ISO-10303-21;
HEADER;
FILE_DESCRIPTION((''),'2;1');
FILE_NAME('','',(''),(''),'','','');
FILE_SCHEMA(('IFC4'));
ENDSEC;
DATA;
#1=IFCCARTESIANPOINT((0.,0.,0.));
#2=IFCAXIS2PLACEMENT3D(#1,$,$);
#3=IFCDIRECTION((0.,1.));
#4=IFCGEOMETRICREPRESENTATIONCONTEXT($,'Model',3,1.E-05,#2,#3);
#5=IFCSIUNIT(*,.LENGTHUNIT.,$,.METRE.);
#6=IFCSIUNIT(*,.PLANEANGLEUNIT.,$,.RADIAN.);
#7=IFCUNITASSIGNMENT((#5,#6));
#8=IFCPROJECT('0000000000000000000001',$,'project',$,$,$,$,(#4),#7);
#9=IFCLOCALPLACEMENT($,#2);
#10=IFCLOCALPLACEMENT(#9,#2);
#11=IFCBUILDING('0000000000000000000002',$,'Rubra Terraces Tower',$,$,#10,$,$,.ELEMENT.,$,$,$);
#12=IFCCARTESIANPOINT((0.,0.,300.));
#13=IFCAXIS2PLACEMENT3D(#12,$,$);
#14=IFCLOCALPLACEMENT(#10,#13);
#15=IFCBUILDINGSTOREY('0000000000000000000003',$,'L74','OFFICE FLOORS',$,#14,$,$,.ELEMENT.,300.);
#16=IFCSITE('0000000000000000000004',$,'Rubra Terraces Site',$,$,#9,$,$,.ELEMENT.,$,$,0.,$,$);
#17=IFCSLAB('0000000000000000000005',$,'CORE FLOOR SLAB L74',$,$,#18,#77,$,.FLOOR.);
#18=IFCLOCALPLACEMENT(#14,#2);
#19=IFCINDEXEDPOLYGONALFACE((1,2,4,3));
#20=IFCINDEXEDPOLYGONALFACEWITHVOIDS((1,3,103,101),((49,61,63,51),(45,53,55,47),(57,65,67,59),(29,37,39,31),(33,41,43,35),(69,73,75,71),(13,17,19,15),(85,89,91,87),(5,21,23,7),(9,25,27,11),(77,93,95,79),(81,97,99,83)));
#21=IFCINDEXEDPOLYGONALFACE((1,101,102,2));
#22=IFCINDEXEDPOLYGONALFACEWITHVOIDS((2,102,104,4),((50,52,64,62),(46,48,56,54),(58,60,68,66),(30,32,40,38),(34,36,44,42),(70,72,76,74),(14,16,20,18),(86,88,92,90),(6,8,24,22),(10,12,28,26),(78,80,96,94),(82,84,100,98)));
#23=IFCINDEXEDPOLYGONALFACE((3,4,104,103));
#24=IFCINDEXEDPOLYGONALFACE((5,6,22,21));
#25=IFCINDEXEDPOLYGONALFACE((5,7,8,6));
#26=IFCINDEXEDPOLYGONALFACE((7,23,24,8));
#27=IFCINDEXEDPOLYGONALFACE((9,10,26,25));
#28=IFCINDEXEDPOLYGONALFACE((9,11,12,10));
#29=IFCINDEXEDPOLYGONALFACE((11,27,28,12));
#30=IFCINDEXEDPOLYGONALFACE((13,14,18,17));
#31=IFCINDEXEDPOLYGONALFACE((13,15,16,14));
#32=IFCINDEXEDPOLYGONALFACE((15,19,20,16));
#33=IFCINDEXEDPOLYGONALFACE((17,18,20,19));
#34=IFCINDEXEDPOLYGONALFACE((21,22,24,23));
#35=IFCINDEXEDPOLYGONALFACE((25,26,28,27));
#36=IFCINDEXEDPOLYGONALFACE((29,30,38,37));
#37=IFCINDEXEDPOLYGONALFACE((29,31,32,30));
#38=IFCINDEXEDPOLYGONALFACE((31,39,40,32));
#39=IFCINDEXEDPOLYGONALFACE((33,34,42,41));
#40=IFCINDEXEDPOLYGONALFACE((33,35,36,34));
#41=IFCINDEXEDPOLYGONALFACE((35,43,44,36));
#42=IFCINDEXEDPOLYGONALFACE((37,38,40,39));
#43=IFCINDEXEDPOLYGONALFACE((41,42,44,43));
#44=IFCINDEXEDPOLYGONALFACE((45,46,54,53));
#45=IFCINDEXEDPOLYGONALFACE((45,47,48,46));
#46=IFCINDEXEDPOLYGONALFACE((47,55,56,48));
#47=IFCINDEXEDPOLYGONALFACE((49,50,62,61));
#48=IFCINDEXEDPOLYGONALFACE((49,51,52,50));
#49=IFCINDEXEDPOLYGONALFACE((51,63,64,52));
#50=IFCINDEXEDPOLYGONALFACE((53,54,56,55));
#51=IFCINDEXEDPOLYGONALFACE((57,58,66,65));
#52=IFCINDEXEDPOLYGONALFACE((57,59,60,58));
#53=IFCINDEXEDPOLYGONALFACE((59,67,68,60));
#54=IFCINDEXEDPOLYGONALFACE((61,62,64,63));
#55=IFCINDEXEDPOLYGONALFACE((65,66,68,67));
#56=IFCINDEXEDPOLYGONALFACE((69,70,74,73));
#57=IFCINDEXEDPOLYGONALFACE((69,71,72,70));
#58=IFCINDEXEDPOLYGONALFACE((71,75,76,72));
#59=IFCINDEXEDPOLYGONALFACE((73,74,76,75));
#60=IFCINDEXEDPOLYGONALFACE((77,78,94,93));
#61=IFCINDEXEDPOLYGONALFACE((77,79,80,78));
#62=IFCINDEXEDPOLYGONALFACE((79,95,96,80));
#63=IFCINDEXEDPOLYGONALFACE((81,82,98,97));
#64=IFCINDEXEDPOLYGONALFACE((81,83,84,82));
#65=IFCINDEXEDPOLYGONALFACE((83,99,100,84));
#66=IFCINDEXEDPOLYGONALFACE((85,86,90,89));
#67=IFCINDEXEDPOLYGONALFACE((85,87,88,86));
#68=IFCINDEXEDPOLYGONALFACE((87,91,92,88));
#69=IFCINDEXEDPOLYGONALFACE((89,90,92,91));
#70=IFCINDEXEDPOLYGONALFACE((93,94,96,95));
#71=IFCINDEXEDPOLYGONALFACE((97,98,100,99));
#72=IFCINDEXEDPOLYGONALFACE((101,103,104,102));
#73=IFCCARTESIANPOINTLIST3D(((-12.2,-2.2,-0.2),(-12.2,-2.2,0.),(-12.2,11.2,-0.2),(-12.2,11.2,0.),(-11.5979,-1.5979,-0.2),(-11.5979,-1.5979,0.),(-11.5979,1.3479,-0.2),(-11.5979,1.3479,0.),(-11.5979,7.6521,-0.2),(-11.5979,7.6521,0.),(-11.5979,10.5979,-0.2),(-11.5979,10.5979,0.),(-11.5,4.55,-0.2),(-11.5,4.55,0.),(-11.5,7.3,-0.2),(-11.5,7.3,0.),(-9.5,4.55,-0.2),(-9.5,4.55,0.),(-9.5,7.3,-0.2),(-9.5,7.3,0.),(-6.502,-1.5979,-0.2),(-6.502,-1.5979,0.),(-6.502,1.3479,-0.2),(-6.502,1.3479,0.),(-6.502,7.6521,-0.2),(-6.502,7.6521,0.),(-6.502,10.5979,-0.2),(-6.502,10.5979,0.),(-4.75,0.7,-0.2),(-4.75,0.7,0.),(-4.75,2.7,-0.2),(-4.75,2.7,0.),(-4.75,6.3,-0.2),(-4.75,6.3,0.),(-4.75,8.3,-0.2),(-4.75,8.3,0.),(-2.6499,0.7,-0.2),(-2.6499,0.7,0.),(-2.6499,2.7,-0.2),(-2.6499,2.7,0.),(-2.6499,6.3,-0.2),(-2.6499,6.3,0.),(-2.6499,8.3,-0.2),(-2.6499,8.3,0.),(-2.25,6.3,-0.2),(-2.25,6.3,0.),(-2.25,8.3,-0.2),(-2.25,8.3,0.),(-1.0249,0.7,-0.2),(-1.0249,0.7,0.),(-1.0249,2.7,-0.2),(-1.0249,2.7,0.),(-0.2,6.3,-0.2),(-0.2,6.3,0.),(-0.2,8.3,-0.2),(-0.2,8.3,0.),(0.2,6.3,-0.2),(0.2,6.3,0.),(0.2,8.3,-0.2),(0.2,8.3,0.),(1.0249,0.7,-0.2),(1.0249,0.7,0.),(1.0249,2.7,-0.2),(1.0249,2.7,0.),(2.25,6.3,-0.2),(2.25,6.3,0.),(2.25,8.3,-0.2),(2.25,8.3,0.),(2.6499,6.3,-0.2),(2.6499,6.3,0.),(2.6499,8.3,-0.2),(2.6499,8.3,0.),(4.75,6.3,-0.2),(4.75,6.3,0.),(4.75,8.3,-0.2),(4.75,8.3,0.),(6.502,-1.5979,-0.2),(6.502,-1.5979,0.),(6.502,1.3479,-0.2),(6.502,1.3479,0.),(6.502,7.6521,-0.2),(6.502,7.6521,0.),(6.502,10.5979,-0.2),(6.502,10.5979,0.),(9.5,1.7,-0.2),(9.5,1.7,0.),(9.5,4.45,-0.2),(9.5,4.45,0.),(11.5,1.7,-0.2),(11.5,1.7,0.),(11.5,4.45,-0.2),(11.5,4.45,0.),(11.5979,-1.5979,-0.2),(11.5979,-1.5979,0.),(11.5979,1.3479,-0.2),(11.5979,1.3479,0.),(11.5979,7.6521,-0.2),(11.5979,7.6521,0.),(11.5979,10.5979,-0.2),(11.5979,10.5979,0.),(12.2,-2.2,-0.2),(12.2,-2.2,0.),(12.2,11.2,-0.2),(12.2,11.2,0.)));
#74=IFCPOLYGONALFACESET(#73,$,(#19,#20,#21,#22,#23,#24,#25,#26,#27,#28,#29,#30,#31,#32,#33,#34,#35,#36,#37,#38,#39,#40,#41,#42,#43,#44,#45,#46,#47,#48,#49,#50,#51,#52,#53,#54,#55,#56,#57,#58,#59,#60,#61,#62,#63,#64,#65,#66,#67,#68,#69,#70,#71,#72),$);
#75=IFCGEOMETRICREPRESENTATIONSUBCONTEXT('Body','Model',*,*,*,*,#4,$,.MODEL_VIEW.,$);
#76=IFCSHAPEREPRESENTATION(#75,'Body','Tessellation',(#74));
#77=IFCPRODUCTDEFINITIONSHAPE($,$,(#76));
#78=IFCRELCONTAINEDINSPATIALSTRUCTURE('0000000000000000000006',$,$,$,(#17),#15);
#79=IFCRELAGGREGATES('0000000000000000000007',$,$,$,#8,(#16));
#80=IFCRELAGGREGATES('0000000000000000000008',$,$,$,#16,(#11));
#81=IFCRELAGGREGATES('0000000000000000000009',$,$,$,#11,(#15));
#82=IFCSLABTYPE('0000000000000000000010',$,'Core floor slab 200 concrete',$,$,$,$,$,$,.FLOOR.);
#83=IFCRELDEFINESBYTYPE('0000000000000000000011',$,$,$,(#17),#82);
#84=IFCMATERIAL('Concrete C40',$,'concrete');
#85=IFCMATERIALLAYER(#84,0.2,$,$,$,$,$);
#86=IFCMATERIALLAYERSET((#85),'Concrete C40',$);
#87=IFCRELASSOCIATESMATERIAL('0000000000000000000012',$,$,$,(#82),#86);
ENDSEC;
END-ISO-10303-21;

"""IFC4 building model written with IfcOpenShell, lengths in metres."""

from ifc_helpers import new_model, si_unit, direction, frame, origin, place, context, subcontext, project, spatial, polyline, outline, extrude, material, layer, layer_set, type_object, element, save


model = new_model("IFC4")

# Units and contexts
model_context = context("Model", 3, precision=1e-05, world=origin(), true_north=direction((0.0, 1.0)))
body_context = subcontext(model_context, "Body", "Model", "MODEL_VIEW")
ifc_project = project(units=[si_unit("LENGTHUNIT", "METRE"), si_unit("PLANEANGLEUNIT", "RADIAN")], contexts=[model_context])

# Site, building, storey
site_placement = place(None, origin())
site = spatial("IfcSite", under=ifc_project, at=site_placement, Name="Rubra Terraces Site", CompositionType="ELEMENT", RefElevation=0.0)
building_placement = place(site_placement, origin())
building = spatial("IfcBuilding", under=site, at=building_placement, Name="Rubra Terraces Tower", CompositionType="ELEMENT")
storey_placement = place(building_placement, frame((0.0, 0.0, 300.0)))
storey = spatial("IfcBuildingStorey", under=building, at=storey_placement, Name="L74", Description="OFFICE FLOORS", CompositionType="ELEMENT", Elevation=300.0)

# Slab
ifc_material_1 = material(Name="Concrete C40", Category="concrete")
ifc_layer_1 = layer(ifc_material_1, 0.2)
ifc_layer_set_1 = layer_set([ifc_layer_1], Name="Concrete C40")
slab_type_1 = type_object("IfcSlabType", Name="Core floor slab 200 concrete", PredefinedType="FLOOR", material=ifc_layer_set_1)
slab_1_placement = place(storey_placement, frame((0.0, 0.0, -0.2)))
element("IfcSlab", 1, at=slab_1_placement, inside=storey, type_object=slab_type_1, Name="CORE FLOOR SLAB L74", PredefinedType="FLOOR", context=body_context, shape_type="SweptSolid", body=[
    extrude(outline(polyline([(-12.2, -2.2), (-12.2, 11.2), (12.2, 11.2), (12.2, -2.2), (-12.2, -2.2)]), holes=[polyline([(11.5979, 1.3479), (6.502, 1.3479), (6.502, -1.5979), (11.5979, -1.5979), (11.5979, 1.3479)]), polyline([(11.5979, 7.6521), (11.5979, 10.5979), (6.502, 10.5979), (6.502, 7.6521), (11.5979, 7.6521)]), polyline([(9.5, 1.7), (11.5, 1.7), (11.5, 4.45), (9.5, 4.45), (9.5, 1.7)]), polyline([(4.75, 6.3), (4.75, 8.3), (2.6499, 8.3), (2.6499, 6.3), (4.75, 6.3)]), polyline([(2.25, 8.3), (0.2, 8.3), (0.2, 6.3), (2.25, 6.3), (2.25, 8.3)]), polyline([(1.0249, 0.7), (1.0249, 2.7), (-1.0249, 2.7), (-1.0249, 0.7), (1.0249, 0.7)]), polyline([(-0.2, 6.3), (-0.2, 8.3), (-2.25, 8.3), (-2.25, 6.3), (-0.2, 6.3)]), polyline([(-4.75, 8.3), (-4.75, 6.3), (-2.6499, 6.3), (-2.6499, 8.3), (-4.75, 8.3)]), polyline([(-2.6499, 0.7), (-2.6499, 2.7), (-4.75, 2.7), (-4.75, 0.7), (-2.6499, 0.7)]), polyline([(-11.5979, -1.5979), (-6.502, -1.5979), (-6.502, 1.3479), (-11.5979, 1.3479), (-11.5979, -1.5979)]), polyline([(-11.5979, 10.5979), (-11.5979, 7.6521), (-6.502, 7.6521), (-6.502, 10.5979), (-11.5979, 10.5979)]), polyline([(-9.5, 4.55), (-9.5, 7.3), (-11.5, 7.3), (-11.5, 4.55), (-9.5, 4.55)])]), origin(), (0.0, 0.0, 1.0), 0.2),
])

save(model, "model.ifc")
